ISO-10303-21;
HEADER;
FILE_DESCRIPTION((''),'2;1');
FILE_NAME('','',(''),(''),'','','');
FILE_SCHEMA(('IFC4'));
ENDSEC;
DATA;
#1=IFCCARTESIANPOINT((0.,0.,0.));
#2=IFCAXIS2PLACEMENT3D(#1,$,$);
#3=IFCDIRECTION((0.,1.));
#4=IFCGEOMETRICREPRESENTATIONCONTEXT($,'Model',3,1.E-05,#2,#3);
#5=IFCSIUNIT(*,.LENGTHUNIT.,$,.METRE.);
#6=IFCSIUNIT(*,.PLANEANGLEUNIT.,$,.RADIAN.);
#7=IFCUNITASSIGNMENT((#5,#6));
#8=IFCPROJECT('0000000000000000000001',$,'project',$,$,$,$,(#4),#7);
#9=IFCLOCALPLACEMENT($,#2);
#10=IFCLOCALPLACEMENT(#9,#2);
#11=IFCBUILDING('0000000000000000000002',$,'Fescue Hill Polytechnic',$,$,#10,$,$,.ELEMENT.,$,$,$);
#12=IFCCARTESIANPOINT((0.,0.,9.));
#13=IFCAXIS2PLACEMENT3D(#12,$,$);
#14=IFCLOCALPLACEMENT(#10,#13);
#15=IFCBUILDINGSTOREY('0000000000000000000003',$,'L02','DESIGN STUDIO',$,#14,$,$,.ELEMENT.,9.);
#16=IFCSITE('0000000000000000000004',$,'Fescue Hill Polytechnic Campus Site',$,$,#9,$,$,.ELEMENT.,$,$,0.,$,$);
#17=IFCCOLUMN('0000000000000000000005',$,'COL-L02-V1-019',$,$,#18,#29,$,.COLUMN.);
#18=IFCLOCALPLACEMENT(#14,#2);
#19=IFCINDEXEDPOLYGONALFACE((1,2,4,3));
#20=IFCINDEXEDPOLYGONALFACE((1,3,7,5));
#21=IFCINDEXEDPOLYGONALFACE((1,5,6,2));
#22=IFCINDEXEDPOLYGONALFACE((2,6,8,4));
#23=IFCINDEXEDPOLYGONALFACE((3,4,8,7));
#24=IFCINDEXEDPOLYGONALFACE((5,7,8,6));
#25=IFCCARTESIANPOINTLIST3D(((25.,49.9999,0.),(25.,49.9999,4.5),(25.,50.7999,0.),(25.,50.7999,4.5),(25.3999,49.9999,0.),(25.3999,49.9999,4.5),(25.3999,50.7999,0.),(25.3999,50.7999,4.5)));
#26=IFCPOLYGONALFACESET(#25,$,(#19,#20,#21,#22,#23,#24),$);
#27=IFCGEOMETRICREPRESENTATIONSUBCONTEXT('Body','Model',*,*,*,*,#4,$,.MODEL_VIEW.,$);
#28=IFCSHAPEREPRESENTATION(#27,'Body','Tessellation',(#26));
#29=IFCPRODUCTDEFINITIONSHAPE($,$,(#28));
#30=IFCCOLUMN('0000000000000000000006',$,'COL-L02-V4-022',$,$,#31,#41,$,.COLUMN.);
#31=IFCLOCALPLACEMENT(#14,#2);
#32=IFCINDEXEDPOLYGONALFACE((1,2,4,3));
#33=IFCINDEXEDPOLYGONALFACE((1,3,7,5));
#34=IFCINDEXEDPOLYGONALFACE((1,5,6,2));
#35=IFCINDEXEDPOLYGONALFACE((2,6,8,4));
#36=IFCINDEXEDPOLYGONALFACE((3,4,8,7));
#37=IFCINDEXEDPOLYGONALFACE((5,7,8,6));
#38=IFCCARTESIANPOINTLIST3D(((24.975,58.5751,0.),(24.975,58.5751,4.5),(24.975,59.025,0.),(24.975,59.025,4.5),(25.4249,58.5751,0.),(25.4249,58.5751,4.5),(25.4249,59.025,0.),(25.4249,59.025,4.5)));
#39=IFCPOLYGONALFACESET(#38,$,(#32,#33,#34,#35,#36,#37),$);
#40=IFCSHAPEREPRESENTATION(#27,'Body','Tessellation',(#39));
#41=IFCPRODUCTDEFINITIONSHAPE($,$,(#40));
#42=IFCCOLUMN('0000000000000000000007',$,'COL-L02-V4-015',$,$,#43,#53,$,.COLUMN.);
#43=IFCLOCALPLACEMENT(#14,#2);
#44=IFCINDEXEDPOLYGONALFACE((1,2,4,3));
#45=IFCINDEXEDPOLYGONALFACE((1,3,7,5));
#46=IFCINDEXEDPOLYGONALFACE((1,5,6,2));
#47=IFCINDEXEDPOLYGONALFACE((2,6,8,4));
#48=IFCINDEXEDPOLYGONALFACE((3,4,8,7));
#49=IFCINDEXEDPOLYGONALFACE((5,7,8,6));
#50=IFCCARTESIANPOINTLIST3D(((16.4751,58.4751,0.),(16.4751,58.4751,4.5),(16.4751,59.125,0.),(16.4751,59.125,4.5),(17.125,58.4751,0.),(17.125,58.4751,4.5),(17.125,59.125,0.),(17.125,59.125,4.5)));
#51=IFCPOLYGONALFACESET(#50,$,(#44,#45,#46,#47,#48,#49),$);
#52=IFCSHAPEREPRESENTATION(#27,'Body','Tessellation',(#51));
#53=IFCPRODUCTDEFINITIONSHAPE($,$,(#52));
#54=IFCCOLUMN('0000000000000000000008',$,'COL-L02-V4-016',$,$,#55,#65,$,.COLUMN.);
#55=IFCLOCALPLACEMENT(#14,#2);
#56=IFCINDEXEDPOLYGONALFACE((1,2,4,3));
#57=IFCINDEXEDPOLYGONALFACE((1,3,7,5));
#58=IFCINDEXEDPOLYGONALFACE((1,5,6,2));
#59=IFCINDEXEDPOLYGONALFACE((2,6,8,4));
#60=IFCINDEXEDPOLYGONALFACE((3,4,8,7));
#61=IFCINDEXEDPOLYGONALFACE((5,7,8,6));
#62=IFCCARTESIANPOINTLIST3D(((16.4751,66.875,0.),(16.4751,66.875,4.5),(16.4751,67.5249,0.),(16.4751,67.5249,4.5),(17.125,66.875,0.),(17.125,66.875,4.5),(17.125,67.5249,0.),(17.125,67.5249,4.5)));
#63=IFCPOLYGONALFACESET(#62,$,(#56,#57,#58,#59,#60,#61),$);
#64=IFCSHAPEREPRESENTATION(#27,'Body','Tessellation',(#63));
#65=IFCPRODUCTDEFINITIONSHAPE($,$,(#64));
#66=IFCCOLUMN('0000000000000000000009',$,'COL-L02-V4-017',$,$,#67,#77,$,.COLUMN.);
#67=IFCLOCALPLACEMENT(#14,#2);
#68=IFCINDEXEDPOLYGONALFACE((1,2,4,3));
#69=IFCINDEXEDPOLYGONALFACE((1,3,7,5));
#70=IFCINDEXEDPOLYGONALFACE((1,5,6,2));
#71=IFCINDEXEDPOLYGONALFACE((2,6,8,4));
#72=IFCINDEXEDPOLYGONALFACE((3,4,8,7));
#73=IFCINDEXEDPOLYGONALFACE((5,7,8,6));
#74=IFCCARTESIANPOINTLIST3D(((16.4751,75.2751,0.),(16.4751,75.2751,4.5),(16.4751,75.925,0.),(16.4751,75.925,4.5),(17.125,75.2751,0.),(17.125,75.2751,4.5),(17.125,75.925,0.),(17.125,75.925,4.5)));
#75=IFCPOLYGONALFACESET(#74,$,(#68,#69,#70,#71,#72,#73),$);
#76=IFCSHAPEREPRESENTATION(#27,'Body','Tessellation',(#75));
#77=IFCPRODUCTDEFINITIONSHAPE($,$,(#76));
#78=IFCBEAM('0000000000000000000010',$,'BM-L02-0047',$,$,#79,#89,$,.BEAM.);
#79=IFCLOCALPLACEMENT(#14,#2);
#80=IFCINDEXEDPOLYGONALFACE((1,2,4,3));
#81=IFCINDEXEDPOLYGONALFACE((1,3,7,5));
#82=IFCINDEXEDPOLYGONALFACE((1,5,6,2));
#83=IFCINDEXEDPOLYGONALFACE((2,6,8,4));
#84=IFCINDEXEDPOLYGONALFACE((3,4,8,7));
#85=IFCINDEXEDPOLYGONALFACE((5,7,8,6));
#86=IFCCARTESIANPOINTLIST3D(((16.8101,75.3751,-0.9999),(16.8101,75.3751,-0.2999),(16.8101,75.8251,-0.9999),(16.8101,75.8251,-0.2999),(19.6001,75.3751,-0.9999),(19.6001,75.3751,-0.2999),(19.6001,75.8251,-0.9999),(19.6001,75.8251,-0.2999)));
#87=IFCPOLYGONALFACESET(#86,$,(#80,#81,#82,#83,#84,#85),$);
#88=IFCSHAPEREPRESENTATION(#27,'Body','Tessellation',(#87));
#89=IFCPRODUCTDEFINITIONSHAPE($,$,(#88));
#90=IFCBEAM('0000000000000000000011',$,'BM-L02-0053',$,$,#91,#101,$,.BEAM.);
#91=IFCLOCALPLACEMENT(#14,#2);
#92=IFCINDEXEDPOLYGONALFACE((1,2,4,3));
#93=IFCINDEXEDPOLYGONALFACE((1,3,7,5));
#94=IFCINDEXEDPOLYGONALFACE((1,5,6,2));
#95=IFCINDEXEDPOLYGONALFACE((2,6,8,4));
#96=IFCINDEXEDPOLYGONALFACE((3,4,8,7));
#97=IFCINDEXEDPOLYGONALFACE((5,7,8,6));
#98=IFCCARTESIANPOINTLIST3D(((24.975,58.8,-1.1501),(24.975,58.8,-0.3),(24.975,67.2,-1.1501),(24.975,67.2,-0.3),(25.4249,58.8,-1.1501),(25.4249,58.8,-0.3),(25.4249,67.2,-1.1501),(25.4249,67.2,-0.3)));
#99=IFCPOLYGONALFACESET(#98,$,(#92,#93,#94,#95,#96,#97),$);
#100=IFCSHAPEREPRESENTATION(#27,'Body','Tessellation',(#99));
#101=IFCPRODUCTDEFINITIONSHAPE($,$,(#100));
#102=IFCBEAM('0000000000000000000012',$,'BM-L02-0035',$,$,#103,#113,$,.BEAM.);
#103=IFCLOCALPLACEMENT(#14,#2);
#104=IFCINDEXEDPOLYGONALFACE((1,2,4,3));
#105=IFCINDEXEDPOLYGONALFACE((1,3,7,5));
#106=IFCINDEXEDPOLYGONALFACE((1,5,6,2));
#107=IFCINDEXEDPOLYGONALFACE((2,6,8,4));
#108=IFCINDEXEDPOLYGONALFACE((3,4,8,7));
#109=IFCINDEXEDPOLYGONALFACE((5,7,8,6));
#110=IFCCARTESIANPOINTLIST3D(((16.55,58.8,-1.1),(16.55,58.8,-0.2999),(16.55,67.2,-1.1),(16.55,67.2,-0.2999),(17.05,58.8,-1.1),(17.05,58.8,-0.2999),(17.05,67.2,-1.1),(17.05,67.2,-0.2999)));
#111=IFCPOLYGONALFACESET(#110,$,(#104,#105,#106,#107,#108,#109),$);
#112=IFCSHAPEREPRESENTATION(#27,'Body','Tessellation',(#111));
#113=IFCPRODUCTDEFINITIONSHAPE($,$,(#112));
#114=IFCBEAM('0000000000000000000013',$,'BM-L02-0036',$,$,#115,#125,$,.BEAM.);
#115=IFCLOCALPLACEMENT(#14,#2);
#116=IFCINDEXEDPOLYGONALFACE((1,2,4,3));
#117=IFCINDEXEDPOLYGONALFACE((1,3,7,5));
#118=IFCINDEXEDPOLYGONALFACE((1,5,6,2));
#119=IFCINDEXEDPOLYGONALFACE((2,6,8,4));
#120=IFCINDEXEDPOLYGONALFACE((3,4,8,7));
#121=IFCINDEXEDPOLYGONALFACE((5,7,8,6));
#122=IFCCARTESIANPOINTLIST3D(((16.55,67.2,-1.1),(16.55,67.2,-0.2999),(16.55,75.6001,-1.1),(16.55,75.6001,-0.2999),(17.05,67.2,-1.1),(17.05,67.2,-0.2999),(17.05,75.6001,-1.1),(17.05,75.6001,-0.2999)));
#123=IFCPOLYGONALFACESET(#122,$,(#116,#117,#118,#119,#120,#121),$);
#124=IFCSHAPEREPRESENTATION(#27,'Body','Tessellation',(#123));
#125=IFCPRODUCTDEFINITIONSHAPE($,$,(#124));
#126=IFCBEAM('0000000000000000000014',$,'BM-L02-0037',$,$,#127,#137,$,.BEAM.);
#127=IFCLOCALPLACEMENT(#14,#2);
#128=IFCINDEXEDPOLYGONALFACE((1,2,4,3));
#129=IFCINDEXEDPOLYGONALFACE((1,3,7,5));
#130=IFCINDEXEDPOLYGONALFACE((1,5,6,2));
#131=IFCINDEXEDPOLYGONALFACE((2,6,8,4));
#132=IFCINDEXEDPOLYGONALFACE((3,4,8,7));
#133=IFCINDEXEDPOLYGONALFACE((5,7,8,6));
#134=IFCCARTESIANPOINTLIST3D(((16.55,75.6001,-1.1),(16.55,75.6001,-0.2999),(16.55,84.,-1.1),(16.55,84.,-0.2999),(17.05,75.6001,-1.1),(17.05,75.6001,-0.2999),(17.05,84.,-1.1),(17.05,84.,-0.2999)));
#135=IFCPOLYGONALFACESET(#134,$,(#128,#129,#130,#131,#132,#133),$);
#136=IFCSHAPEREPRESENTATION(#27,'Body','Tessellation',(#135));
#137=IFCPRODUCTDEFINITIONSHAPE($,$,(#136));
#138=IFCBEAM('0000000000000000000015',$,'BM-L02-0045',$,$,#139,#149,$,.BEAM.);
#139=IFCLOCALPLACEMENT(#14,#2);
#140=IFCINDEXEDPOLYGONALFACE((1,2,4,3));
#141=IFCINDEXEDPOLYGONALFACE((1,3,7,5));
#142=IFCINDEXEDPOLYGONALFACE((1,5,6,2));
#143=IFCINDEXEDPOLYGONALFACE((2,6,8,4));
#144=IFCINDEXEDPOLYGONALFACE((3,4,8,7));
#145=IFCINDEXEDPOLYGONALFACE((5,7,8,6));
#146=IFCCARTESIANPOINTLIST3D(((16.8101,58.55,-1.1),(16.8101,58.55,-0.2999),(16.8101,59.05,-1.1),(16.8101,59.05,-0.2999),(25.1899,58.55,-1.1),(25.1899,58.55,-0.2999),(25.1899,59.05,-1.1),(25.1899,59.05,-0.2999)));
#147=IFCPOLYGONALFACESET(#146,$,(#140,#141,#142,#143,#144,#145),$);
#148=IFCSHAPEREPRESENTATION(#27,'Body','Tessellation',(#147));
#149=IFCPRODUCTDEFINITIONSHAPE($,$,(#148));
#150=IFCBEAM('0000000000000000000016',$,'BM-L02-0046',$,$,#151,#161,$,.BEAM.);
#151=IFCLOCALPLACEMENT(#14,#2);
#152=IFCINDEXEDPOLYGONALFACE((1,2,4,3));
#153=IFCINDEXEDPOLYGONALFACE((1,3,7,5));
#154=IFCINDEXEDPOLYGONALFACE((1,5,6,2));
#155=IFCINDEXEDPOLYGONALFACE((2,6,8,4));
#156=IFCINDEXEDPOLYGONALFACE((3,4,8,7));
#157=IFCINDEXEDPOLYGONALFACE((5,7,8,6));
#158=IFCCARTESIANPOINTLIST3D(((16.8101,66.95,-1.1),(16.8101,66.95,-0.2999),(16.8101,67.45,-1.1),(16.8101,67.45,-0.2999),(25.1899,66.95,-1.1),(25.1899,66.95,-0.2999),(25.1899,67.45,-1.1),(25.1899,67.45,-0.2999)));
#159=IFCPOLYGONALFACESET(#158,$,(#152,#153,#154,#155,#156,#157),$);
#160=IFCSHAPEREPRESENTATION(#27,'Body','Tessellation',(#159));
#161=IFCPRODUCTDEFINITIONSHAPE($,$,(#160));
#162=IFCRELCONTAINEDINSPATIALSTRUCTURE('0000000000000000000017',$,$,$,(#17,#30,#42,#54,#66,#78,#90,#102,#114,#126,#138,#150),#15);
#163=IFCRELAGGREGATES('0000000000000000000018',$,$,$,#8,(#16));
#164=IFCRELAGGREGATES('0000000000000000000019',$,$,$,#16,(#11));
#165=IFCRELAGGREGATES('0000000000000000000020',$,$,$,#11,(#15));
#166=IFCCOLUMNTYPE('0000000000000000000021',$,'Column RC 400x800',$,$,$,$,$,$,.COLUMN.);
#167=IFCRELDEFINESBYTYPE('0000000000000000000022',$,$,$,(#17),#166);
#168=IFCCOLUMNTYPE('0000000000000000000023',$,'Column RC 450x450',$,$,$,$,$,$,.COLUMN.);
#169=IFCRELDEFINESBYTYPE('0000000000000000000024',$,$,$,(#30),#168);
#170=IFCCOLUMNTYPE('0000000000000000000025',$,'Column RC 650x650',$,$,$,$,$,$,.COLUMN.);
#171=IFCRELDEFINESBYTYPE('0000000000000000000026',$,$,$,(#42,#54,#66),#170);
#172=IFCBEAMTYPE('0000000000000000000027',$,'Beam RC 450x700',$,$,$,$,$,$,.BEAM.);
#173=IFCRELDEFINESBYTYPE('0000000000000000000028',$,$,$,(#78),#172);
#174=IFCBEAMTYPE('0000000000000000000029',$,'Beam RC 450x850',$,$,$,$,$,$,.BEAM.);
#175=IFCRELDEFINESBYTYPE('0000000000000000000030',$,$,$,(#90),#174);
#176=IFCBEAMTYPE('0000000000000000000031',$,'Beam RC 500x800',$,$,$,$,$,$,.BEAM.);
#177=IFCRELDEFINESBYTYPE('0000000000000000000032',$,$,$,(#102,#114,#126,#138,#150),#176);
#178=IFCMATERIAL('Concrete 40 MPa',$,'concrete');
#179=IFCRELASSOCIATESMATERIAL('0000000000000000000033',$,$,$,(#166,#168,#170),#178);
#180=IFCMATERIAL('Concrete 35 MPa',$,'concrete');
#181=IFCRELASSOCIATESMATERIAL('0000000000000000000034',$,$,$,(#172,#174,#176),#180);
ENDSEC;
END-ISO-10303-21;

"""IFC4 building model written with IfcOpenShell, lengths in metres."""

from ifc_helpers import new_model, si_unit, direction, frame, origin, origin_2d, place, context, subcontext, project, spatial, rectangle, extrude, material, material_profile, profile_set, type_object, element, save


model = new_model("IFC4")

# Units and contexts
model_context = context("Model", 3, precision=1e-05, world=origin(), true_north=direction((0.0, 1.0)))
body_context = subcontext(model_context, "Body", "Model", "MODEL_VIEW")
ifc_project = project(units=[si_unit("LENGTHUNIT", "METRE"), si_unit("PLANEANGLEUNIT", "RADIAN")], contexts=[model_context])

# Site, building, storey
site_placement = place(None, origin())
site = spatial("IfcSite", under=ifc_project, at=site_placement, Name="Fescue Hill Polytechnic Campus Site", CompositionType="ELEMENT", RefElevation=0.0)
building_placement = place(site_placement, origin())
building = spatial("IfcBuilding", under=site, at=building_placement, Name="Fescue Hill Polytechnic", CompositionType="ELEMENT")
storey_placement = place(building_placement, frame((0.0, 0.0, 9.0)))
storey = spatial("IfcBuildingStorey", under=building, at=storey_placement, Name="L02", Description="DESIGN STUDIO", CompositionType="ELEMENT", Elevation=9.0)

# Columns
ifc_material_1 = material(Name="Concrete 40 MPa", Category="concrete")
ifc_material_profile_1 = material_profile(ifc_material_1, rectangle(XDim=0.3999, YDim=0.8, at=origin_2d()), Name="RC 400x800")
ifc_profile_set_1 = profile_set([ifc_material_profile_1], Name="Concrete 40 MPa")
column_type_1 = type_object("IfcColumnType", Name="Column RC 400x800", PredefinedType="COLUMN", material=ifc_profile_set_1)
column_1_placement = place(storey_placement, frame((25.2, 50.3999, 0.0), z_axis=(0.0, 0.0, 1.0), x_axis=(1.0, 0.0, 0.0)))
element("IfcColumn", 1, at=column_1_placement, inside=storey, type_object=column_type_1, Name="COL-L02-V1-019", PredefinedType="COLUMN", context=body_context, shape_type="SweptSolid", body=[
    extrude(rectangle(XDim=0.3999, YDim=0.8, at=origin_2d()), origin(), (0.0, 0.0, 1.0), 4.5),
])
ifc_material_profile_2 = material_profile(ifc_material_1, rectangle(XDim=0.45, YDim=0.45, at=origin_2d()), Name="RC 450x450")
ifc_profile_set_2 = profile_set([ifc_material_profile_2], Name="Concrete 40 MPa")
column_type_2 = type_object("IfcColumnType", Name="Column RC 450x450", PredefinedType="COLUMN", material=ifc_profile_set_2)
column_2_placement = place(storey_placement, frame((25.2, 58.8, 0.0), z_axis=(0.0, 0.0, 1.0), x_axis=(1.0, 0.0, 0.0)))
element("IfcColumn", 2, at=column_2_placement, inside=storey, type_object=column_type_2, Name="COL-L02-V4-022", PredefinedType="COLUMN", context=body_context, shape_type="SweptSolid", body=[
    extrude(rectangle(XDim=0.45, YDim=0.45, at=origin_2d()), origin(), (0.0, 0.0, 1.0), 4.5),
])
ifc_material_profile_3 = material_profile(ifc_material_1, rectangle(XDim=0.6499, YDim=0.6499, at=origin_2d()), Name="RC 650x650")
ifc_profile_set_3 = profile_set([ifc_material_profile_3], Name="Concrete 40 MPa")
column_type_3 = type_object("IfcColumnType", Name="Column RC 650x650", PredefinedType="COLUMN", material=ifc_profile_set_3)
for number, where, z_axis, x_axis, name in (
    (3, (16.8, 58.8, 0.0), (0.0, 0.0, 1.0), (1.0, 0.0, 0.0), "COL-L02-V4-015"),
    (4, (16.8, 67.2, 0.0), (0.0, 0.0, 1.0), (1.0, 0.0, 0.0), "COL-L02-V4-016"),
    (5, (16.8, 75.6001, 0.0), (0.0, 0.0, 1.0), (1.0, 0.0, 0.0), "COL-L02-V4-017"),
):
    element("IfcColumn", number, at=place(storey_placement, frame(where, z_axis=z_axis, x_axis=x_axis)), inside=storey, type_object=column_type_3, Name=name, PredefinedType="COLUMN", context=body_context, shape_type="SweptSolid", body=[
        extrude(rectangle(XDim=0.6499, YDim=0.6499, at=origin_2d()), origin(), (0.0, 0.0, 1.0), 4.5),
    ])

# Beams
ifc_material_2 = material(Name="Concrete 35 MPa", Category="concrete")
ifc_material_profile_4 = material_profile(ifc_material_2, rectangle(XDim=0.45, YDim=0.7, at=origin_2d()), Name="RC 450x700")
ifc_profile_set_4 = profile_set([ifc_material_profile_4], Name="Concrete 35 MPa")
beam_type_1 = type_object("IfcBeamType", Name="Beam RC 450x700", PredefinedType="BEAM", material=ifc_profile_set_4)
beam_1_placement = place(storey_placement, frame((16.8101, 75.6001, -0.6499), z_axis=(1.0, 0.0, 0.0), x_axis=(0.0, 1.0, 0.0)))
element("IfcBeam", 6, at=beam_1_placement, inside=storey, type_object=beam_type_1, Name="BM-L02-0047", PredefinedType="BEAM", context=body_context, shape_type="SweptSolid", body=[
    extrude(rectangle(XDim=0.45, YDim=0.7, at=origin_2d()), origin(), (0.0, 0.0, 1.0), 2.79),
])
ifc_material_profile_5 = material_profile(ifc_material_2, rectangle(XDim=0.45, YDim=0.8501, at=origin_2d()), Name="RC 450x850")
ifc_profile_set_5 = profile_set([ifc_material_profile_5], Name="Concrete 35 MPa")
beam_type_2 = type_object("IfcBeamType", Name="Beam RC 450x850", PredefinedType="BEAM", material=ifc_profile_set_5)
beam_2_placement = place(storey_placement, frame((25.2, 58.8, -0.7251), z_axis=(0.0, 1.0, 0.0), x_axis=(-1.0, 0.0, 0.0)))
element("IfcBeam", 7, at=beam_2_placement, inside=storey, type_object=beam_type_2, Name="BM-L02-0053", PredefinedType="BEAM", context=body_context, shape_type="SweptSolid", body=[
    extrude(rectangle(XDim=0.45, YDim=0.8501, at=origin_2d()), origin(), (0.0, 0.0, 1.0), 8.3999),
])
ifc_material_profile_6 = material_profile(ifc_material_2, rectangle(XDim=0.5, YDim=0.8, at=origin_2d()), Name="RC 500x800")
ifc_profile_set_6 = profile_set([ifc_material_profile_6], Name="Concrete 35 MPa")
beam_type_3 = type_object("IfcBeamType", Name="Beam RC 500x800", PredefinedType="BEAM", material=ifc_profile_set_6)
beam_3_placement = place(storey_placement, frame((16.8, 58.8, -0.7), z_axis=(0.0, 1.0, 0.0), x_axis=(-1.0, 0.0, 0.0)))
element("IfcBeam", 8, at=beam_3_placement, inside=storey, type_object=beam_type_3, Name="BM-L02-0035", PredefinedType="BEAM", context=body_context, shape_type="SweptSolid", body=[
    extrude(rectangle(XDim=0.5, YDim=0.8, at=origin_2d()), origin(), (0.0, 0.0, 1.0), 8.3999),
])
beam_4_placement = place(storey_placement, frame((16.8, 67.2, -0.7), z_axis=(0.0, 1.0, 0.0), x_axis=(-1.0, 0.0, 0.0)))
element("IfcBeam", 9, at=beam_4_placement, inside=storey, type_object=beam_type_3, Name="BM-L02-0036", PredefinedType="BEAM", context=body_context, shape_type="SweptSolid", body=[
    extrude(rectangle(XDim=0.5, YDim=0.8, at=origin_2d()), origin(), (0.0, 0.0, 1.0), 8.4001),
])
beam_5_placement = place(storey_placement, frame((16.8, 75.6001, -0.7), z_axis=(0.0, 1.0, 0.0), x_axis=(-1.0, 0.0, 0.0)))
element("IfcBeam", 10, at=beam_5_placement, inside=storey, type_object=beam_type_3, Name="BM-L02-0037", PredefinedType="BEAM", context=body_context, shape_type="SweptSolid", body=[
    extrude(rectangle(XDim=0.5, YDim=0.8, at=origin_2d()), origin(), (0.0, 0.0, 1.0), 8.3999),
])
for number, where, z_axis, x_axis, name in (
    (11, (16.8101, 58.8, -0.7), (1.0, 0.0, 0.0), (0.0, 1.0, 0.0), "BM-L02-0045"),
    (12, (16.8101, 67.2, -0.7), (1.0, 0.0, 0.0), (0.0, 1.0, 0.0), "BM-L02-0046"),
):
    element("IfcBeam", number, at=place(storey_placement, frame(where, z_axis=z_axis, x_axis=x_axis)), inside=storey, type_object=beam_type_3, Name=name, PredefinedType="BEAM", context=body_context, shape_type="SweptSolid", body=[
        extrude(rectangle(XDim=0.5, YDim=0.8, at=origin_2d()), origin(), (0.0, 0.0, 1.0), 8.3799),
    ])

save(model, "model.ifc")
